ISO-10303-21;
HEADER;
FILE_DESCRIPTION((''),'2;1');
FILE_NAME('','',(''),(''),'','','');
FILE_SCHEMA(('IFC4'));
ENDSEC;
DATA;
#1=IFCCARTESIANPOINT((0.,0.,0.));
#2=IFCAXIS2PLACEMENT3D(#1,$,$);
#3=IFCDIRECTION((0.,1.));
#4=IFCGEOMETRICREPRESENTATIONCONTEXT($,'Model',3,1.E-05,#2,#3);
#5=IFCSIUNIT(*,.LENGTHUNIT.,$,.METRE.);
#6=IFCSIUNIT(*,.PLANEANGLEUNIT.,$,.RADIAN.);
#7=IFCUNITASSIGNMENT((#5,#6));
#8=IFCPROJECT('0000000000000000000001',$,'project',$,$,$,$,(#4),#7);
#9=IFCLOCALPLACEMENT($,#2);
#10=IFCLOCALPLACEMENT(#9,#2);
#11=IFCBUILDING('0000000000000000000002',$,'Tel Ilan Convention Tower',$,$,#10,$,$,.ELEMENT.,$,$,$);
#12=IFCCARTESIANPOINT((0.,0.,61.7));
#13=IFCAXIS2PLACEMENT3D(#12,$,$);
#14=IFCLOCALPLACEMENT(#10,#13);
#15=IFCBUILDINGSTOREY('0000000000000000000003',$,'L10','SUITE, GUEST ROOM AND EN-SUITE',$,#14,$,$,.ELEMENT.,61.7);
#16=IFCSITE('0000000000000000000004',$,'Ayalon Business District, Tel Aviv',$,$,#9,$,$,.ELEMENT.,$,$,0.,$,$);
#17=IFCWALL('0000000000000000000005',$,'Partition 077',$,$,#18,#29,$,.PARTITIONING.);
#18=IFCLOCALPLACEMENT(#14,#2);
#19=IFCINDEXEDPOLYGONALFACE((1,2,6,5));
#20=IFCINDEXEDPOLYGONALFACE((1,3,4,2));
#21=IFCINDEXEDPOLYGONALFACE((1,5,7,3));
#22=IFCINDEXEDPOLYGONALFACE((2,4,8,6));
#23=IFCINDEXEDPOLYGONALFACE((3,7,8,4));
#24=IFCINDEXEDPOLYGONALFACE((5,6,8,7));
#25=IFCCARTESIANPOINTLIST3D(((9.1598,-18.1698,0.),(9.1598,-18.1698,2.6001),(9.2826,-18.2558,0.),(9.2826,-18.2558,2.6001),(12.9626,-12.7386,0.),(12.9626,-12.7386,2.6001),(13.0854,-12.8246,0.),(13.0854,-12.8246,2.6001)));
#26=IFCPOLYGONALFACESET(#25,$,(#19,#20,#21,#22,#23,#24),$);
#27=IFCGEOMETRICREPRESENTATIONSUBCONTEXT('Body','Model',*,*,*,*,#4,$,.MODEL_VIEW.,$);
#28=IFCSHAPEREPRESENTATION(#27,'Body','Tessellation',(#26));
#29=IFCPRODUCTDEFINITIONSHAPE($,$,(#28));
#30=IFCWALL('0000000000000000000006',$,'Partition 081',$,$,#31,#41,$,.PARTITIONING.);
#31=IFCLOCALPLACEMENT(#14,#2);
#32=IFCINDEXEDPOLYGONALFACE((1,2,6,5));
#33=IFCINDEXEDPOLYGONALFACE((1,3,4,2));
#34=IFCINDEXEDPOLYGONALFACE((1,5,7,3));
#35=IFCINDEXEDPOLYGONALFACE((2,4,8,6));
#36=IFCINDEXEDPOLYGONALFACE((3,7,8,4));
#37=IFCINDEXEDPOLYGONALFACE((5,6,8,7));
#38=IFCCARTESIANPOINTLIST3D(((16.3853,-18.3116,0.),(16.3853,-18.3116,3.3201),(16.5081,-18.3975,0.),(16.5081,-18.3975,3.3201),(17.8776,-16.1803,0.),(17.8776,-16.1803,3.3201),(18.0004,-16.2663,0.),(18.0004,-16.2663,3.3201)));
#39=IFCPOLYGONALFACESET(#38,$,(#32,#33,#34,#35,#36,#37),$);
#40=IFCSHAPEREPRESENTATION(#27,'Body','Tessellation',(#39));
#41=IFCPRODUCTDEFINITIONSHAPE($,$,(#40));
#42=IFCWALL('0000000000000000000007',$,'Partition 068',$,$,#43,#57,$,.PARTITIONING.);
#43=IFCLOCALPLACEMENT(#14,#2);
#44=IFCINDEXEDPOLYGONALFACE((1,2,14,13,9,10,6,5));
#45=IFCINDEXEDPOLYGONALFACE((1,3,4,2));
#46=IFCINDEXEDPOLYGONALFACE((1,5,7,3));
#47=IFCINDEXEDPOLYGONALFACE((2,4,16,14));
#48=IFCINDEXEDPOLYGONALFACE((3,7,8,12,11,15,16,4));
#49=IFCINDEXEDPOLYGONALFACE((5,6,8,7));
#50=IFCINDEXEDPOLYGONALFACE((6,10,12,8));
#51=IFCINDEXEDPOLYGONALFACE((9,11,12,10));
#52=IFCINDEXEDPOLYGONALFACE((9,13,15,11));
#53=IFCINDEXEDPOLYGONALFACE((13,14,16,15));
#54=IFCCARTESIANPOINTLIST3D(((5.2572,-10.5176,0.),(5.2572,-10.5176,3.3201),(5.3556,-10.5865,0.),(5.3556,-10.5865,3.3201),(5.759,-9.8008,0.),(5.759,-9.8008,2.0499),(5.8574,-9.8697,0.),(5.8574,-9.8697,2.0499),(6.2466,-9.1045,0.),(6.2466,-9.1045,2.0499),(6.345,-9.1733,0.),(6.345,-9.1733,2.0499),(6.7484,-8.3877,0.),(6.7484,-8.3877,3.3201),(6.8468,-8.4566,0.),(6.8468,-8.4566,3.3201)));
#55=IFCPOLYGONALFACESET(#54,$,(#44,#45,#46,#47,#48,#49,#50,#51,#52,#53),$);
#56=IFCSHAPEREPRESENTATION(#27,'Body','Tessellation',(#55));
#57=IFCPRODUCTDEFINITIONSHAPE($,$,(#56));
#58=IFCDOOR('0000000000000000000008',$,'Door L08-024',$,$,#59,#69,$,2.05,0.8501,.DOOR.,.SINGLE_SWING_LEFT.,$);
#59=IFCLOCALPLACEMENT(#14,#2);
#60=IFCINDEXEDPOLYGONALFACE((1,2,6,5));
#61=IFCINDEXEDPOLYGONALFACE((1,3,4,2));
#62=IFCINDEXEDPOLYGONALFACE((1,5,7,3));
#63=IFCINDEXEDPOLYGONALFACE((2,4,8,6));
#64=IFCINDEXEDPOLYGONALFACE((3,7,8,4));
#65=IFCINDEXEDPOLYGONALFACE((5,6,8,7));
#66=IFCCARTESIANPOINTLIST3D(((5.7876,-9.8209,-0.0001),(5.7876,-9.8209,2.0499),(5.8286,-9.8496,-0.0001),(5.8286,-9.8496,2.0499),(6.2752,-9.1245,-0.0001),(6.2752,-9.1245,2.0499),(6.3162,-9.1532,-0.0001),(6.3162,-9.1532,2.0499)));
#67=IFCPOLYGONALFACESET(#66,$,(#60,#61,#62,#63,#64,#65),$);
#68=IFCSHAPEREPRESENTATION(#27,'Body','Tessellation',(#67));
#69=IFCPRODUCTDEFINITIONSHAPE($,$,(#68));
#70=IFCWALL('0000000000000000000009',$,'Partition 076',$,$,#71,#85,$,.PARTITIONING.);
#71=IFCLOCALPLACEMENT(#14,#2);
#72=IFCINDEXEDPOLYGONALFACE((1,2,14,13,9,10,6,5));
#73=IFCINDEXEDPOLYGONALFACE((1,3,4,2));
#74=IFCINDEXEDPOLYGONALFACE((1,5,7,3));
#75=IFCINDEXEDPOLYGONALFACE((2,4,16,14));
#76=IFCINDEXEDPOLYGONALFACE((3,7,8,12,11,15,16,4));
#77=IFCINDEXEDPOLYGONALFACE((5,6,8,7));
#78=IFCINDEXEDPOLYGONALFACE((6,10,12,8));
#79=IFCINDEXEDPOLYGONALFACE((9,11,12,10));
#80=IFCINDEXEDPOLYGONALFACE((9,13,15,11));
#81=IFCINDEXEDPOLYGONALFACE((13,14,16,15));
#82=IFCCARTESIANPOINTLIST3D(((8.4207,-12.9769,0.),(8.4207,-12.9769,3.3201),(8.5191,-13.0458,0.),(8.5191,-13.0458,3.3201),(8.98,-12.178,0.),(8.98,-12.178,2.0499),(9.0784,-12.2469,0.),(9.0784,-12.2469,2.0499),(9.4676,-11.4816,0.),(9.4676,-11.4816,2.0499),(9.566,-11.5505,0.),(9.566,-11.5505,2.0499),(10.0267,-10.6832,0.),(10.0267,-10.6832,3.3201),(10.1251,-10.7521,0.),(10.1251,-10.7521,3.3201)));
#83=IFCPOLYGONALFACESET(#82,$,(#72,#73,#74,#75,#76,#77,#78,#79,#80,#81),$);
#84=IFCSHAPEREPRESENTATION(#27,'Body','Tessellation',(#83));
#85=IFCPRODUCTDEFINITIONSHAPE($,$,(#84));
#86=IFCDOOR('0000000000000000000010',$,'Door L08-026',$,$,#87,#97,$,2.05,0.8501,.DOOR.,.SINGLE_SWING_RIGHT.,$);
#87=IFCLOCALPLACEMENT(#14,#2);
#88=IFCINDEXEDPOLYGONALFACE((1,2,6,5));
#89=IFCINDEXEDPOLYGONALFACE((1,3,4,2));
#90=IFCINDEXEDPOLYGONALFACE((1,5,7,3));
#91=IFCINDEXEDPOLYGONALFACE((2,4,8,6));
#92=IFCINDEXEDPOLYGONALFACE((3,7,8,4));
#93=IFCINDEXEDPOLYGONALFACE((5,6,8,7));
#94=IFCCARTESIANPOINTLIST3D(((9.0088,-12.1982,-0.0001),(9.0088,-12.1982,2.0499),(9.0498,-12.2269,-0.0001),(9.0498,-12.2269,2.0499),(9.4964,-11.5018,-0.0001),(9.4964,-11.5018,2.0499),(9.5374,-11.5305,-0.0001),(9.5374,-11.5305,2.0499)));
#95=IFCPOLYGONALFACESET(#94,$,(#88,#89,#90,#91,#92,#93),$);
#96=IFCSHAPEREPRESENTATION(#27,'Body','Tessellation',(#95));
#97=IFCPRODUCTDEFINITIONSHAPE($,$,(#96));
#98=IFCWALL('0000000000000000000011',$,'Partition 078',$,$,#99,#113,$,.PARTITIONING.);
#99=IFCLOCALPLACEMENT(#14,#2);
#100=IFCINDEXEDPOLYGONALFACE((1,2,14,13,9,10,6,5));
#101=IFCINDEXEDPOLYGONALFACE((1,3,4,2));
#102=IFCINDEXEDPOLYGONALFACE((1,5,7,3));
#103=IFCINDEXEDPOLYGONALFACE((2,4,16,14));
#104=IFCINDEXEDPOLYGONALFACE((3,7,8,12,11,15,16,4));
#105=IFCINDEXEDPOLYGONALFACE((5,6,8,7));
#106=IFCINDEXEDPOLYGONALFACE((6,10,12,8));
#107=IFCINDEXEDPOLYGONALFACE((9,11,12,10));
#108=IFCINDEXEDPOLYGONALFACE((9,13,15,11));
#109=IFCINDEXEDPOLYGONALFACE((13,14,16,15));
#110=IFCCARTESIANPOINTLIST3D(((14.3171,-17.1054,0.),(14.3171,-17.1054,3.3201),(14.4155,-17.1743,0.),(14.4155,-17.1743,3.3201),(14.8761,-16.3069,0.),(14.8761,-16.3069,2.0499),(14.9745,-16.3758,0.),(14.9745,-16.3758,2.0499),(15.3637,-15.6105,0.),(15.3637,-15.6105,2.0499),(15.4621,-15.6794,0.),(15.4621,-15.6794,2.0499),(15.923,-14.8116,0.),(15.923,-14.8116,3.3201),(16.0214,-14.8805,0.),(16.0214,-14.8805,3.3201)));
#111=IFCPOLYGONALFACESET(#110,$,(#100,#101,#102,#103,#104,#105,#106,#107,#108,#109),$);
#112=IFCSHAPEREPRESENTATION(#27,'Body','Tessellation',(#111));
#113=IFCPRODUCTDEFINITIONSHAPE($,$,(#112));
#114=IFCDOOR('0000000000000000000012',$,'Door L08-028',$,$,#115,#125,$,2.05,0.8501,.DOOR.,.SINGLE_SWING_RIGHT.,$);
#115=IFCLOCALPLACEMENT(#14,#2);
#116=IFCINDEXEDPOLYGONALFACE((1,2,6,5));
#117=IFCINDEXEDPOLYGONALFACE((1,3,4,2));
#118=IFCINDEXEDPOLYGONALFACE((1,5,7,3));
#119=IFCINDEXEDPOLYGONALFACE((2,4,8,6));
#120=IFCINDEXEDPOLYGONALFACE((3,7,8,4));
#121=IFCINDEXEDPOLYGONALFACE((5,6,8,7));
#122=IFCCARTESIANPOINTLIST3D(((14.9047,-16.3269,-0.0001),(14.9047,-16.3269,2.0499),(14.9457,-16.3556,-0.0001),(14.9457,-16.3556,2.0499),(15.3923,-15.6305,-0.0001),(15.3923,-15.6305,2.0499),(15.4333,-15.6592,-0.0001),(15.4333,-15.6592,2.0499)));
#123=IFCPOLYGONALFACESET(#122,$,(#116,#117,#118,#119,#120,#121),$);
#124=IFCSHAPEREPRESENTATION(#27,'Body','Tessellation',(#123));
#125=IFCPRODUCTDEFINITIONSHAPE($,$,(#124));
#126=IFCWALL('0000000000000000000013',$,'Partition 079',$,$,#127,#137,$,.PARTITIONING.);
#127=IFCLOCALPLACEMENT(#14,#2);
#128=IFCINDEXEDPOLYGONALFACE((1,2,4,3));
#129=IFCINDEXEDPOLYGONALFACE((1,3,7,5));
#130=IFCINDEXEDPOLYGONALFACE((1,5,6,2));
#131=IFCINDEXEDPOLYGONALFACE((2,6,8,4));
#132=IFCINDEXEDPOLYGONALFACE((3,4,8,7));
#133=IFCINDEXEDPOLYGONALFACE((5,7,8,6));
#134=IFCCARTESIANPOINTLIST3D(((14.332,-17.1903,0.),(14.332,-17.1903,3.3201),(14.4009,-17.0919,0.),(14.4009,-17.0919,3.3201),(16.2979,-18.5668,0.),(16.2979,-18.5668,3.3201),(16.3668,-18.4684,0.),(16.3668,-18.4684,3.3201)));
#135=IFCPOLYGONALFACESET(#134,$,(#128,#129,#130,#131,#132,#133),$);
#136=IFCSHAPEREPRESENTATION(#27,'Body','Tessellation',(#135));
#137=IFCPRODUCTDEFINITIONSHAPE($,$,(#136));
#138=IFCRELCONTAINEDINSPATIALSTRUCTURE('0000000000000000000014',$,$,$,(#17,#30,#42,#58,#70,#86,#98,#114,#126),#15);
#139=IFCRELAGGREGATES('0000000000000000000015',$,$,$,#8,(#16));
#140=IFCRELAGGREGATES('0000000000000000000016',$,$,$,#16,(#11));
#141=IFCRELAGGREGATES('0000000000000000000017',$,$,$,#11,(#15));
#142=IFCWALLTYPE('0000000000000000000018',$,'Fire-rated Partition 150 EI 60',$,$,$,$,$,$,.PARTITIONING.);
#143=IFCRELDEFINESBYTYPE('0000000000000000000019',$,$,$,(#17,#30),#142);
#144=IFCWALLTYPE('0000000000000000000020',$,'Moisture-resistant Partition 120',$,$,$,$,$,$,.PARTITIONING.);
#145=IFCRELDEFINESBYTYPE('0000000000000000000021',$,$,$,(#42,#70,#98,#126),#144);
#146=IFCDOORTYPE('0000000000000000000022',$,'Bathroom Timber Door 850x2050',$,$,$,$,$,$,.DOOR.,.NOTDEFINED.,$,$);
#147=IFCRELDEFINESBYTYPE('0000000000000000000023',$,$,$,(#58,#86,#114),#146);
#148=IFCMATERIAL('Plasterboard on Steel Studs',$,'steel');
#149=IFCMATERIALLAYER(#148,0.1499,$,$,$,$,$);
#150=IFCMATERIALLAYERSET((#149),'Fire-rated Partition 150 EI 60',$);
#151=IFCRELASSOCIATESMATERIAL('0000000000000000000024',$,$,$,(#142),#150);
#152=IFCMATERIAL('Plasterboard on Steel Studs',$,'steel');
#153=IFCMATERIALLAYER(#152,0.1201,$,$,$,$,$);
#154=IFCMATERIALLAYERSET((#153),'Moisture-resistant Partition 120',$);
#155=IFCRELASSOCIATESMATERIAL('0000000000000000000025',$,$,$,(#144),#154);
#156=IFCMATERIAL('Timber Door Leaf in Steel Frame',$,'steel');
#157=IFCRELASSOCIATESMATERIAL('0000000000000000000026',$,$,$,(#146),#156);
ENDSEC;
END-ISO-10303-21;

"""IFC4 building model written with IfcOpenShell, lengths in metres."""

from ifc_helpers import new_model, si_unit, direction, frame, frame_2d, origin, place, context, subcontext, project, spatial, rectangle, extrude, material, layer, layer_set, type_object, element, fill, save


model = new_model("IFC4")

# Units and contexts
model_context = context("Model", 3, precision=1e-05, world=origin(), true_north=direction((0.0, 1.0)))
body_context = subcontext(model_context, "Body", "Model", "MODEL_VIEW")
ifc_project = project(units=[si_unit("LENGTHUNIT", "METRE"), si_unit("PLANEANGLEUNIT", "RADIAN")], contexts=[model_context])

# Site, building, storey
site_placement = place(None, origin())
site = spatial("IfcSite", under=ifc_project, at=site_placement, Name="Ayalon Business District, Tel Aviv", CompositionType="ELEMENT", RefElevation=0.0)
building_placement = place(site_placement, origin())
building = spatial("IfcBuilding", under=site, at=building_placement, Name="Tel Ilan Convention Tower", CompositionType="ELEMENT")
storey_placement = place(building_placement, frame((0.0, 0.0, 61.7)))
storey = spatial("IfcBuildingStorey", under=building, at=storey_placement, Name="L10", Description="SUITE, GUEST ROOM AND EN-SUITE", CompositionType="ELEMENT", Elevation=61.7)

# Shared definitions
ifc_material_1 = material(Name="Plasterboard on Steel Studs", Category="steel")
ifc_layer_1 = layer(ifc_material_1, 0.1499)
ifc_layer_set_1 = layer_set([ifc_layer_1], Name="Fire-rated Partition 150 EI 60")
wall_type_1 = type_object("IfcWallType", Name="Fire-rated Partition 150 EI 60", PredefinedType="PARTITIONING", material=ifc_layer_set_1)

# Walls
wall_1_placement = place(storey_placement, frame((13.0239, -12.7817, 0.0), z_axis=(0.0, 0.0, 1.0), x_axis=(-0.573556, -0.819166, 0.0)))
element("IfcWall", 1, at=wall_1_placement, inside=storey, type_object=wall_type_1, Name="Partition 077", PredefinedType="PARTITIONING", context=body_context, shape_type="SweptSolid", body=[
    extrude(rectangle(XDim=6.6301, YDim=0.1499, at=frame_2d((3.3149, 0.0))), origin(), (0.0, 0.0, 1.0), 2.6001),
])
wall_2_placement = place(storey_placement, frame((17.939, -16.2234, 0.0), z_axis=(0.0, 0.0, 1.0), x_axis=(-0.573588, -0.819144, 0.0)))
element("IfcWall", 2, at=wall_2_placement, inside=storey, type_object=wall_type_1, Name="Partition 081", PredefinedType="PARTITIONING", context=body_context, shape_type="SweptSolid", body=[
    extrude(rectangle(XDim=2.6018, YDim=0.1499, at=frame_2d((1.3008, 0.0))), origin(), (0.0, 0.0, 1.0), 3.3201),
])

# Walls, openings, doors
ifc_material_2 = material(Name="Plasterboard on Steel Studs", Category="steel")
ifc_layer_2 = layer(ifc_material_2, 0.1201)
ifc_layer_set_2 = layer_set([ifc_layer_2], Name="Moisture-resistant Partition 120")
wall_type_2 = type_object("IfcWallType", Name="Moisture-resistant Partition 120", PredefinedType="PARTITIONING", material=ifc_layer_set_2)
wall_3_placement = place(storey_placement, frame((6.7976, -8.4221, 0.0), z_axis=(0.0, 0.0, 1.0), x_axis=(-0.573538, -0.819179, 0.0)))
wall_3 = element("IfcWall", 3, at=wall_3_placement, inside=storey, type_object=wall_type_2, Name="Partition 068", PredefinedType="PARTITIONING", context=body_context, shape_type="SweptSolid", body=[
    extrude(rectangle(XDim=2.6001, YDim=0.1201, at=frame_2d((1.3, 0.0))), origin(), (0.0, 0.0, 1.0), 3.3201),
])
opening_1_placement = place(wall_3_placement, frame((0.875, 0.0, 0.0)))
opening_1 = element("IfcOpeningElement", 4, at=opening_1_placement, cuts=wall_3, PredefinedType="OPENING", context=body_context, shape_type="SweptSolid", body=[
    extrude(rectangle(XDim=0.8501, YDim=2.05, at=frame_2d((0.425, 1.0249))), frame((0.0, 0.0701, 0.0), z_axis=(0.0, -1.0, 0.0), x_axis=(1.0, 0.0, 0.0)), (0.0, 0.0, 1.0), 0.1401),
])
ifc_material_3 = material(Name="Timber Door Leaf in Steel Frame", Category="steel")
door_type_1 = type_object("IfcDoorType", Name="Bathroom Timber Door 850x2050", OperationType="NOTDEFINED", PredefinedType="DOOR", material=ifc_material_3)
door_1_placement = place(opening_1_placement, origin())
door_1 = element("IfcDoor", 5, at=door_1_placement, inside=storey, type_object=door_type_1, Name="Door L08-024", OperationType="SINGLE_SWING_LEFT", OverallHeight=2.05, OverallWidth=0.8501, PredefinedType="DOOR", context=body_context, shape_type="SweptSolid", body=[
    extrude(rectangle(XDim=0.8501, YDim=2.05, at=frame_2d((0.425, 1.0249))), frame((0.0, 0.0249, 0.0), z_axis=(0.0, -1.0, 0.0), x_axis=(1.0, 0.0, 0.0)), (0.0, 0.0, 1.0), 0.05),
])
fill(opening_1, door_1)
wall_4_placement = place(storey_placement, frame((8.47, -13.0112, 0.0), z_axis=(0.0, 0.0, 1.0), x_axis=(0.57355, 0.81917, 0.0)))
wall_4 = element("IfcWall", 6, at=wall_4_placement, inside=storey, type_object=wall_type_2, Name="Partition 076", PredefinedType="PARTITIONING", context=body_context, shape_type="SweptSolid", body=[
    extrude(rectangle(XDim=2.8, YDim=0.1201, at=frame_2d((1.3999, 0.0))), origin(), (0.0, 0.0, 1.0), 3.3201),
])
opening_2_placement = place(wall_4_placement, frame((0.9751, 0.0, 0.0)))
opening_2 = element("IfcOpeningElement", 7, at=opening_2_placement, cuts=wall_4, PredefinedType="OPENING", context=body_context, shape_type="SweptSolid", body=[
    extrude(rectangle(XDim=0.8501, YDim=2.05, at=frame_2d((0.425, 1.0249))), frame((0.0, 0.0701, 0.0), z_axis=(0.0, -1.0, 0.0), x_axis=(1.0, 0.0, 0.0)), (0.0, 0.0, 1.0), 0.1401),
])
door_2_placement = place(opening_2_placement, origin())
door_2 = element("IfcDoor", 8, at=door_2_placement, inside=storey, type_object=door_type_1, Name="Door L08-026", OperationType="SINGLE_SWING_RIGHT", OverallHeight=2.05, OverallWidth=0.8501, PredefinedType="DOOR", context=body_context, shape_type="SweptSolid", body=[
    extrude(rectangle(XDim=0.8501, YDim=2.05, at=frame_2d((0.425, 1.0249))), frame((0.0, 0.0249, 0.0), z_axis=(0.0, -1.0, 0.0), x_axis=(1.0, 0.0, 0.0)), (0.0, 0.0, 1.0), 0.05),
])
fill(opening_2, door_2)
wall_5_placement = place(storey_placement, frame((15.9722, -14.8462, 0.0), z_axis=(0.0, 0.0, 1.0), x_axis=(-0.57355, -0.81917, 0.0)))
wall_5 = element("IfcWall", 9, at=wall_5_placement, inside=storey, type_object=wall_type_2, Name="Partition 078", PredefinedType="PARTITIONING", context=body_context, shape_type="SweptSolid", body=[
    extrude(rectangle(XDim=2.8, YDim=0.1201, at=frame_2d((1.3999, 0.0))), origin(), (0.0, 0.0, 1.0), 3.3201),
])
opening_3_placement = place(wall_5_placement, frame((0.9751, 0.0, 0.0)))
opening_3 = element("IfcOpeningElement", 10, at=opening_3_placement, cuts=wall_5, PredefinedType="OPENING", context=body_context, shape_type="SweptSolid", body=[
    extrude(rectangle(XDim=0.8501, YDim=2.05, at=frame_2d((0.425, 1.0249))), frame((0.0, 0.0701, 0.0), z_axis=(0.0, -1.0, 0.0), x_axis=(1.0, 0.0, 0.0)), (0.0, 0.0, 1.0), 0.1401),
])
door_3_placement = place(opening_3_placement, origin())
door_3 = element("IfcDoor", 11, at=door_3_placement, inside=storey, type_object=door_type_1, Name="Door L08-028", OperationType="SINGLE_SWING_RIGHT", OverallHeight=2.05, OverallWidth=0.8501, PredefinedType="DOOR", context=body_context, shape_type="SweptSolid", body=[
    extrude(rectangle(XDim=0.8501, YDim=2.05, at=frame_2d((0.425, 1.0249))), frame((0.0, 0.0249, 0.0), z_axis=(0.0, -1.0, 0.0), x_axis=(1.0, 0.0, 0.0)), (0.0, 0.0, 1.0), 0.05),
])
fill(opening_3, door_3)

# Wall
wall_6_placement = place(storey_placement, frame((14.3665, -17.1411, 0.0), z_axis=(0.0, 0.0, 1.0), x_axis=(0.819155, -0.573572, 0.0)))
element("IfcWall", 12, at=wall_6_placement, inside=storey, type_object=wall_type_2, Name="Partition 079", PredefinedType="PARTITIONING", context=body_context, shape_type="SweptSolid", body=[
    extrude(rectangle(XDim=2.3999, YDim=0.1201, at=frame_2d((1.2, 0.0))), origin(), (0.0, 0.0, 1.0), 3.3201),
])

save(model, "model.ifc")
